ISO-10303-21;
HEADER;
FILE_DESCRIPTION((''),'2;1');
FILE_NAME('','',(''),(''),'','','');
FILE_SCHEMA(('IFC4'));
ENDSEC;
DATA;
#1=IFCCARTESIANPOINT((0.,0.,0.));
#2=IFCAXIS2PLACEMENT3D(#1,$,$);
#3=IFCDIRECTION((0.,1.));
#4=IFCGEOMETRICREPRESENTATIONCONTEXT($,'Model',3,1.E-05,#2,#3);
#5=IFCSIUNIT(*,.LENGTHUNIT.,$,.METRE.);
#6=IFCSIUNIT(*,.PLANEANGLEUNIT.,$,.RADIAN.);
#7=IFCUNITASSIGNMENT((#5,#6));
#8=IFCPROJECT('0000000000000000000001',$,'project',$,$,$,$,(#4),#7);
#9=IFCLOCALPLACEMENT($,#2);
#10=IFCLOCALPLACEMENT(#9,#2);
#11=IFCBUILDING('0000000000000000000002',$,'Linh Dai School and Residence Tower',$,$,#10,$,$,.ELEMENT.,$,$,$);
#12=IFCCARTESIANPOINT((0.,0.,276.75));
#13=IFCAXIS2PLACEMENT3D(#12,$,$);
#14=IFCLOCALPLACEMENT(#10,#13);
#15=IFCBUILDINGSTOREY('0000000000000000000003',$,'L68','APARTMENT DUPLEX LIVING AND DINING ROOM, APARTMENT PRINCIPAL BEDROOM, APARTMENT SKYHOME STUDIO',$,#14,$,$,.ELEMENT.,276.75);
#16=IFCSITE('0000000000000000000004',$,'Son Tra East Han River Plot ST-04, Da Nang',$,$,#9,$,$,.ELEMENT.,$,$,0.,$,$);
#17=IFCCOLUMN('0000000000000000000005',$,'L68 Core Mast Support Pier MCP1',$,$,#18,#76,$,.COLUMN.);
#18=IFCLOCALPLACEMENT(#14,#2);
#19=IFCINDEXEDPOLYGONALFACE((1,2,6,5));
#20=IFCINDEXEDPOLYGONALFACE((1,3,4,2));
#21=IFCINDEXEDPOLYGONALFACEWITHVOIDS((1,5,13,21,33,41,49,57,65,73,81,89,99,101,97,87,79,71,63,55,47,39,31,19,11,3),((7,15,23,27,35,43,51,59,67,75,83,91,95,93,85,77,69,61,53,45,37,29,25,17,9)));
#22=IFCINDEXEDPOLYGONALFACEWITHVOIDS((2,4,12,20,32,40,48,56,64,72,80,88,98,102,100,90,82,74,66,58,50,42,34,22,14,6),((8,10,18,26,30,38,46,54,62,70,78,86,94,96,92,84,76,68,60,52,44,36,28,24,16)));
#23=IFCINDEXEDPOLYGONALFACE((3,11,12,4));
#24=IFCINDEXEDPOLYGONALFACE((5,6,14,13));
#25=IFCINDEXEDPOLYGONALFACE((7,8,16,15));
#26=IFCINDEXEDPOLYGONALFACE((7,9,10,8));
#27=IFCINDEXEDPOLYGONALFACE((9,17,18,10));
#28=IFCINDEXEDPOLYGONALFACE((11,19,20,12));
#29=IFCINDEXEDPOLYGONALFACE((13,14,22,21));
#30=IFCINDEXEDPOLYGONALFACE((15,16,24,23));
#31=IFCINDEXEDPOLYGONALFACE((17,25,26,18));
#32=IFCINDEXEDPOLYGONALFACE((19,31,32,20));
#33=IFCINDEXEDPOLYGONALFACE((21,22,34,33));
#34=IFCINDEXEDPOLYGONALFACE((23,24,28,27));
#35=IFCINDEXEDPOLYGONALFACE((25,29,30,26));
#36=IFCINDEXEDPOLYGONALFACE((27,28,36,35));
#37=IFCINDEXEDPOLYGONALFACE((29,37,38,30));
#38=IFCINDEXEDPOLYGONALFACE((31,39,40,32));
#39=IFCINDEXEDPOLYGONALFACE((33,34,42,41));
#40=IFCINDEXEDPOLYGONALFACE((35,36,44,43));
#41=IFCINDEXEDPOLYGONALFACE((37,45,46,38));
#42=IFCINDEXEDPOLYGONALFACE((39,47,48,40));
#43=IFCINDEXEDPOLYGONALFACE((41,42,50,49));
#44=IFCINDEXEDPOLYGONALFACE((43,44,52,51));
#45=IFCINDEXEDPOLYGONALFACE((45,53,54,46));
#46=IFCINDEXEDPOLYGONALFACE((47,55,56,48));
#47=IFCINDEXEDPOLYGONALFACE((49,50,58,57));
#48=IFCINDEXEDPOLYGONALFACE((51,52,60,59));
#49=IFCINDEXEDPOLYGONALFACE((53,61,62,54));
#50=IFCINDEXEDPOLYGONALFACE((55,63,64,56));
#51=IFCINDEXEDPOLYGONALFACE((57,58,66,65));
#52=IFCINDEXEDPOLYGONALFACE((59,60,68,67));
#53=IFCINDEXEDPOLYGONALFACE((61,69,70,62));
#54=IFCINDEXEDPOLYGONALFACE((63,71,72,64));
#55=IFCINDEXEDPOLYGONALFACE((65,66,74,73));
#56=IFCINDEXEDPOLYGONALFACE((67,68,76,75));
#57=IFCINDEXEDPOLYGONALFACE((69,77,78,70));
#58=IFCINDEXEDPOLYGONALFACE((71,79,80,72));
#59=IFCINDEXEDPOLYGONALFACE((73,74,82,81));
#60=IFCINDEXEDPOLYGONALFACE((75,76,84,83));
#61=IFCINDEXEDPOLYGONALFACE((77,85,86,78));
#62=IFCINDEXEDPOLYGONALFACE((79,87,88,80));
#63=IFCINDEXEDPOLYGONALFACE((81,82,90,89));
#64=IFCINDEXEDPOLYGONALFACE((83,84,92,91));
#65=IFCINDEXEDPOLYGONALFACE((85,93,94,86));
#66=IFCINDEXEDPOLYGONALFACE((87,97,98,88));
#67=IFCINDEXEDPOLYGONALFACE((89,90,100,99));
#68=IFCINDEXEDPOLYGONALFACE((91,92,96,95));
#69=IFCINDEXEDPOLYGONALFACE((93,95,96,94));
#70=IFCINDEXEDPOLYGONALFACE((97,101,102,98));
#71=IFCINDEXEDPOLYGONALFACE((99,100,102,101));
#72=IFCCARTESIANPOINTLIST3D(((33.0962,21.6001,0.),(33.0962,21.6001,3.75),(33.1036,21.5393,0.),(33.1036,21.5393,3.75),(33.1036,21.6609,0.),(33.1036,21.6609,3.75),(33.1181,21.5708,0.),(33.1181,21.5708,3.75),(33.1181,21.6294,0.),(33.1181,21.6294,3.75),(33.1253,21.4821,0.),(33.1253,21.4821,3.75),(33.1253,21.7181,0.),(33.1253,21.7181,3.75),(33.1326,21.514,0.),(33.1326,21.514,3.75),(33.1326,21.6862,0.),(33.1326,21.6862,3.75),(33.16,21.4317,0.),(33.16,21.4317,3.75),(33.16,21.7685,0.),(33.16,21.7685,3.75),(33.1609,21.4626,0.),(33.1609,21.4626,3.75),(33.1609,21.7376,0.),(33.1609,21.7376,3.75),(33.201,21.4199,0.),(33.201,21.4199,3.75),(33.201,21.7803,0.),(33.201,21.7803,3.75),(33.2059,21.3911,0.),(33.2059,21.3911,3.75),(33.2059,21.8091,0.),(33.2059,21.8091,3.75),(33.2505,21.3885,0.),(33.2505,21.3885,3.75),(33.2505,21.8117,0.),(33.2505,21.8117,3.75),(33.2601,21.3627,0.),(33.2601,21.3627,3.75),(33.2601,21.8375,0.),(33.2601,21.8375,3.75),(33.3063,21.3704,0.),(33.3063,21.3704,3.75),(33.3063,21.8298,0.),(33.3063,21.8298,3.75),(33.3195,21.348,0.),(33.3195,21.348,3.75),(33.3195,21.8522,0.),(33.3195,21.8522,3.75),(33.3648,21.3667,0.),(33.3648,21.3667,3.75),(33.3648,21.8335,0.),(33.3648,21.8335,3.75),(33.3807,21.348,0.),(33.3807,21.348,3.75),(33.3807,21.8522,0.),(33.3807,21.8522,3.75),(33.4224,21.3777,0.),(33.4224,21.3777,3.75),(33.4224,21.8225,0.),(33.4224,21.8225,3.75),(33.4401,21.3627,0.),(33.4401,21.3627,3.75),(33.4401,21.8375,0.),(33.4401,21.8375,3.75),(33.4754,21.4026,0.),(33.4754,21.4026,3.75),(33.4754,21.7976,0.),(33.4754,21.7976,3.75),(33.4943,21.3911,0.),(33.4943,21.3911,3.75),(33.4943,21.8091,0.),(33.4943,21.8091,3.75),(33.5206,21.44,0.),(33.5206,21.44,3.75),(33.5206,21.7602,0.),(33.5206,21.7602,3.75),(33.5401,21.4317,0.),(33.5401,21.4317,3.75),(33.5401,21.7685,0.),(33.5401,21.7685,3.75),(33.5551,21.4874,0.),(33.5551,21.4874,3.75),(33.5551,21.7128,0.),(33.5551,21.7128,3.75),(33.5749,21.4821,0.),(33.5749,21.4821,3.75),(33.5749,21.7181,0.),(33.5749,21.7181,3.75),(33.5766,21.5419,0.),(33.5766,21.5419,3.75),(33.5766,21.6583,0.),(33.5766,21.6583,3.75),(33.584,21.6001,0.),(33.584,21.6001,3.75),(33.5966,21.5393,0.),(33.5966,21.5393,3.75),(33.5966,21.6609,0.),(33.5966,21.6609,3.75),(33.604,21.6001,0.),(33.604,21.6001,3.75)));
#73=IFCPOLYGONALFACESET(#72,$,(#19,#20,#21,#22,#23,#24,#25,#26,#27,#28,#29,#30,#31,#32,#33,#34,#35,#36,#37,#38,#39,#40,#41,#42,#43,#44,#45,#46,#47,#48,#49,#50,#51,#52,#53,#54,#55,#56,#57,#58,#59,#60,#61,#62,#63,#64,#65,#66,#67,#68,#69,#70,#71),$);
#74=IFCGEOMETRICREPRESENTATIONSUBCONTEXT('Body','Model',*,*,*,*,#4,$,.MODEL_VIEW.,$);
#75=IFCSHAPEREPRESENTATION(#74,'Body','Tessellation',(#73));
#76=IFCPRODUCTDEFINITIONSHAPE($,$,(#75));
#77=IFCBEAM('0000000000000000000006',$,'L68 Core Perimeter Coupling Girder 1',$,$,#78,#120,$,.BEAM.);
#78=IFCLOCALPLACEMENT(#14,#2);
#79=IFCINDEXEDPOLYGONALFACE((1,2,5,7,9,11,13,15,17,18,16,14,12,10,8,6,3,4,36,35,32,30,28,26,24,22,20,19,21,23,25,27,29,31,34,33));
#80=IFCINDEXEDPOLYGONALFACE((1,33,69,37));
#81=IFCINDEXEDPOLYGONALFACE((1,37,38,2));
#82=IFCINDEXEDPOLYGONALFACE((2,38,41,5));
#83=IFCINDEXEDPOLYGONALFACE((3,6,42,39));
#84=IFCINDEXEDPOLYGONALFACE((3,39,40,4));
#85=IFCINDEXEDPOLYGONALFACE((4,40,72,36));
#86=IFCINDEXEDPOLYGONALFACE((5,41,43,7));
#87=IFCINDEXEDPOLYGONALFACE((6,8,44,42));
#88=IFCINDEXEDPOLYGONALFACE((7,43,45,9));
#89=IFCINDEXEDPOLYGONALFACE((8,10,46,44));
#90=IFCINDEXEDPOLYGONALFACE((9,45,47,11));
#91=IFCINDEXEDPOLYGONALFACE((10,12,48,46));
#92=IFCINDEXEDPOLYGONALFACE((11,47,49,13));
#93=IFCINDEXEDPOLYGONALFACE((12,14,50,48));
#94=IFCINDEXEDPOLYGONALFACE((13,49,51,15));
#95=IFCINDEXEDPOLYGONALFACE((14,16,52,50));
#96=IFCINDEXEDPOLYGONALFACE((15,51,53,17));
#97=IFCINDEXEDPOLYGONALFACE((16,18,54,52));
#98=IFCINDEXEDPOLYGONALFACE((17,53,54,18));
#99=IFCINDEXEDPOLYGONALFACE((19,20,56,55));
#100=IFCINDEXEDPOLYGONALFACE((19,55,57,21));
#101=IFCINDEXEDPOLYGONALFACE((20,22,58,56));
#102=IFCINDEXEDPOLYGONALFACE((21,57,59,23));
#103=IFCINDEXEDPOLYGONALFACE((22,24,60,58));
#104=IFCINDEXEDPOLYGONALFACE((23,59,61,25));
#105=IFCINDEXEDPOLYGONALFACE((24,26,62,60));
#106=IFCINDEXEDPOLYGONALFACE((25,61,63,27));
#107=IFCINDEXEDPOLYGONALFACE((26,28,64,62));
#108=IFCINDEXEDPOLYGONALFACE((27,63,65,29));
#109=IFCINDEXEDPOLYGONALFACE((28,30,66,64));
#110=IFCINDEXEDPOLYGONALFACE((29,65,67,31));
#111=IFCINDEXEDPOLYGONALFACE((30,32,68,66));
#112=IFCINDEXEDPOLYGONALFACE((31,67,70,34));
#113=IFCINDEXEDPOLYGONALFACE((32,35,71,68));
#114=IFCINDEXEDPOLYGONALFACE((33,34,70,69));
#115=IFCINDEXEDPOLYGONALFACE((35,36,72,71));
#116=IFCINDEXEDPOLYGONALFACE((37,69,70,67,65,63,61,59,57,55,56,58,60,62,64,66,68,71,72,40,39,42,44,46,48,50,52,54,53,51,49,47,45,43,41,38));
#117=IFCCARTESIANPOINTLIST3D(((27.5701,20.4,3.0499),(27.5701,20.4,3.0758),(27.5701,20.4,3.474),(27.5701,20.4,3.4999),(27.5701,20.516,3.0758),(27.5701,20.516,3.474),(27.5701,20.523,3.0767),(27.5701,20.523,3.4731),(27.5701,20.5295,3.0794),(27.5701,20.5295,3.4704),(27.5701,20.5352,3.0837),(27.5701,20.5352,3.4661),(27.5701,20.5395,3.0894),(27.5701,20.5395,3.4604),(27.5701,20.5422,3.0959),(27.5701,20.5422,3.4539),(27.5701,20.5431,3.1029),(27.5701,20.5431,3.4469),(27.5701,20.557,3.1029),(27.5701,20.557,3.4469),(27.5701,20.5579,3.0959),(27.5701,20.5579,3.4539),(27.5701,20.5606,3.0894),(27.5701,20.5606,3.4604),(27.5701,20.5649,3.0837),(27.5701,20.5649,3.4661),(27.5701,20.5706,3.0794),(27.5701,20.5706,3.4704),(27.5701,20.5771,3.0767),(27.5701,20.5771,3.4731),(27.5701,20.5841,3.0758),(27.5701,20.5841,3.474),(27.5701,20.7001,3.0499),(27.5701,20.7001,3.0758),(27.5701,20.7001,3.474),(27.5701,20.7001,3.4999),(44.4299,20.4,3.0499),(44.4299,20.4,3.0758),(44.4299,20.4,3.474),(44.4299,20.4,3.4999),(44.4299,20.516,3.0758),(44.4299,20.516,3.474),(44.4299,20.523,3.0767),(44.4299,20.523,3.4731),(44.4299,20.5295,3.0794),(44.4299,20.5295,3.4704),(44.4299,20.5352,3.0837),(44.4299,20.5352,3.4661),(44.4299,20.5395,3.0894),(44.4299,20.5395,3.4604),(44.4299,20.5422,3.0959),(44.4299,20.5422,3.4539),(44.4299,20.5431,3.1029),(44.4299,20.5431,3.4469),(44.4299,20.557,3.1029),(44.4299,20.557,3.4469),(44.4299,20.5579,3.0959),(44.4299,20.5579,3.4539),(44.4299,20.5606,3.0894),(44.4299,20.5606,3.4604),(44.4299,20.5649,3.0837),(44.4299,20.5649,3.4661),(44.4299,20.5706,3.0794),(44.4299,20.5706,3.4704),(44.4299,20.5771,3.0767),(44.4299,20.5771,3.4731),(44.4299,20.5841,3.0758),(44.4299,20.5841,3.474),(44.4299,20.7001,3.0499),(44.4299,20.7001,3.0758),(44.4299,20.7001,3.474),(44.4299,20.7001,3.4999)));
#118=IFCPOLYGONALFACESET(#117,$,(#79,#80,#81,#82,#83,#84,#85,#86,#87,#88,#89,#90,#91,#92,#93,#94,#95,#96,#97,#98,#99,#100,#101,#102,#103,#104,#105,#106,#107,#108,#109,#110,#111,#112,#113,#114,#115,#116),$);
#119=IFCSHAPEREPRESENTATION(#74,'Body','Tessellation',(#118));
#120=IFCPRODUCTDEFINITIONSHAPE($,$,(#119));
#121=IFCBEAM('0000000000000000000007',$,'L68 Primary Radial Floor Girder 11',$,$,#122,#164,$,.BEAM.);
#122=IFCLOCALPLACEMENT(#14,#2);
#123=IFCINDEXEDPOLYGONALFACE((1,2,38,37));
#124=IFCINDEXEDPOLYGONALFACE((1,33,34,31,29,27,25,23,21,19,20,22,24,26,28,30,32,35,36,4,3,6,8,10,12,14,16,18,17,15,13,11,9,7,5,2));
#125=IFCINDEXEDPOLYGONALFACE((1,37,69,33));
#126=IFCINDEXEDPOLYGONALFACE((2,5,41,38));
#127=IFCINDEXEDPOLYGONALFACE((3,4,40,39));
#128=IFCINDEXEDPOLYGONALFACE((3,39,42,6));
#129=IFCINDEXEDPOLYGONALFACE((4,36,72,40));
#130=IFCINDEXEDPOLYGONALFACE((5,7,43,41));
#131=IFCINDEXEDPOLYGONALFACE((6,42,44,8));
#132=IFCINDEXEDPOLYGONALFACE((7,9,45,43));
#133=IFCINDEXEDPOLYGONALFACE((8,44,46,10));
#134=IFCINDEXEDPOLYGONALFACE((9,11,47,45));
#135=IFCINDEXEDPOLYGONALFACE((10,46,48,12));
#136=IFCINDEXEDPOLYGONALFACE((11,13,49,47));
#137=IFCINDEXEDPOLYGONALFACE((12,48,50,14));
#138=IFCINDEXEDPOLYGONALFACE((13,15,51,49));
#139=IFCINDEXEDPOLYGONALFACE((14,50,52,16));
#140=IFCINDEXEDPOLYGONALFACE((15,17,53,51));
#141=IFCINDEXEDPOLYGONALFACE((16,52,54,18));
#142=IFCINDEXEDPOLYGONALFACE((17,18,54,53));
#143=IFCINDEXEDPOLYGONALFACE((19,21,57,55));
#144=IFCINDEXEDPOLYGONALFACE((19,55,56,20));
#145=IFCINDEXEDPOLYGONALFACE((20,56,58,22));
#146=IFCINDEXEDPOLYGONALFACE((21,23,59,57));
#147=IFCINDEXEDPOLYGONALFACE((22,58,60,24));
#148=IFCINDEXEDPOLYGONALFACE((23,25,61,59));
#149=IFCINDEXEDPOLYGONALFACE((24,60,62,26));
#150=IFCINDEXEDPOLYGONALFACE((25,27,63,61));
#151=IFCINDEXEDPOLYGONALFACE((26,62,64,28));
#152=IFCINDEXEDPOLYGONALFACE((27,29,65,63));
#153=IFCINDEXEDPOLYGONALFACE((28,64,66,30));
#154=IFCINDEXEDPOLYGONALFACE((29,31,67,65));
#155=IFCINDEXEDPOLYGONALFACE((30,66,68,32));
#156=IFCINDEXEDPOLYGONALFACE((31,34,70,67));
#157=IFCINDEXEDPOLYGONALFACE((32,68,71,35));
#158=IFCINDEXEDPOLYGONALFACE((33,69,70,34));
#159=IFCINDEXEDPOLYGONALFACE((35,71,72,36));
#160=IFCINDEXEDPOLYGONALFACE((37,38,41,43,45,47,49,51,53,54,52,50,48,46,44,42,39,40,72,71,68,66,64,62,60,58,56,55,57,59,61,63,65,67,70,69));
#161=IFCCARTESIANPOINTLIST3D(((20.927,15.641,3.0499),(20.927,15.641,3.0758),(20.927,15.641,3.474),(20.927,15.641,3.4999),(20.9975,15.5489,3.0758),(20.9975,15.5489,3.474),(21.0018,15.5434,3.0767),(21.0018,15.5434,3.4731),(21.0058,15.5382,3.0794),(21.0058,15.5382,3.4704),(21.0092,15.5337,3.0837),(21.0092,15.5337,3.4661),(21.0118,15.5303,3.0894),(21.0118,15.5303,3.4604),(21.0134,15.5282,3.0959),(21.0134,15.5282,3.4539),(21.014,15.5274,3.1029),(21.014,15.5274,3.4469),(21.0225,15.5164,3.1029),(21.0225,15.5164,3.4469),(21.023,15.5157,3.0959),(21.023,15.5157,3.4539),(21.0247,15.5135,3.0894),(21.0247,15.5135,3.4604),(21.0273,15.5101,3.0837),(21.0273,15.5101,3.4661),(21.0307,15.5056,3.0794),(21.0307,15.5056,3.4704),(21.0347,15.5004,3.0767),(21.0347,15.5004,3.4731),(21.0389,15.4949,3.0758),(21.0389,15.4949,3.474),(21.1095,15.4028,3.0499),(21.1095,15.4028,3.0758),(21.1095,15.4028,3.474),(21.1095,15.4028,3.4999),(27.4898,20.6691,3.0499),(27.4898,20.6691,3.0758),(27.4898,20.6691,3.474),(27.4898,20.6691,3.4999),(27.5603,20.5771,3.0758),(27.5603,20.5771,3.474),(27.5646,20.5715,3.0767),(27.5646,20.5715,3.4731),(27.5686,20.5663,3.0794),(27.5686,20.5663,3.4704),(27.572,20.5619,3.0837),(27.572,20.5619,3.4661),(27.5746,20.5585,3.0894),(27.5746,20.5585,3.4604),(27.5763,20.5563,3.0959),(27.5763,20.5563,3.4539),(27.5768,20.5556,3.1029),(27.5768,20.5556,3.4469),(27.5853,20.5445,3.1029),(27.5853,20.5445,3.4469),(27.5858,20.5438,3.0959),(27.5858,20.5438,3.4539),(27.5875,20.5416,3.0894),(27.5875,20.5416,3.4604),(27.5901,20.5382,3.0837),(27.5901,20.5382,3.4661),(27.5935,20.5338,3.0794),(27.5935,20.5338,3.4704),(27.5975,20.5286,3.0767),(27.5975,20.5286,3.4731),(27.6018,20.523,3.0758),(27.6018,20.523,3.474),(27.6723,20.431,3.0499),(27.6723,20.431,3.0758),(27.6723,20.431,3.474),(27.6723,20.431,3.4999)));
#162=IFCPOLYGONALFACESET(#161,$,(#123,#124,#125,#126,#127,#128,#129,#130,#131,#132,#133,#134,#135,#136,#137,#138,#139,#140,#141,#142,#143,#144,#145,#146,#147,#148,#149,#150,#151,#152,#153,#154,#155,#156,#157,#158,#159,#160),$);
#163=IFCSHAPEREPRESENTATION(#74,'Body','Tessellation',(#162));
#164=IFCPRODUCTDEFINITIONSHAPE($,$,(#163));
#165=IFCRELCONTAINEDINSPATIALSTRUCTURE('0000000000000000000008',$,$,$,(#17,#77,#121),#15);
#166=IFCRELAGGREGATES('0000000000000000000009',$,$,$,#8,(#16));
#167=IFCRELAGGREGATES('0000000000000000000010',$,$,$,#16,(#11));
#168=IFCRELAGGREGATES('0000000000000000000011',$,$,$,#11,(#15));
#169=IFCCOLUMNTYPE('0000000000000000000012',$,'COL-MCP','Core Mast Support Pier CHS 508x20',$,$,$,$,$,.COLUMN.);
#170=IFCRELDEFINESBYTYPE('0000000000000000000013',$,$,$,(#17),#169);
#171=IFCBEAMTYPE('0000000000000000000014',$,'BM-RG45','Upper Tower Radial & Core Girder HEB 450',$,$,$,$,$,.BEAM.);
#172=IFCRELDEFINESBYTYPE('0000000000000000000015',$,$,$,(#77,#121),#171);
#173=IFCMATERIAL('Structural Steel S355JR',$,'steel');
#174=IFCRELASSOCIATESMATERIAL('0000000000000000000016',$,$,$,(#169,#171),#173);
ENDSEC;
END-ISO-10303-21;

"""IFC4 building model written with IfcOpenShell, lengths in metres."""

from ifc_helpers import new_model, si_unit, direction, frame, origin, origin_2d, place, context, subcontext, project, spatial, hollow_circle, i_section, extrude, material, material_profile, profile_set, type_object, element, save


model = new_model("IFC4")

# Units and contexts
model_context = context("Model", 3, precision=1e-05, world=origin(), true_north=direction((0.0, 1.0)))
body_context = subcontext(model_context, "Body", "Model", "MODEL_VIEW")
ifc_project = project(units=[si_unit("LENGTHUNIT", "METRE"), si_unit("PLANEANGLEUNIT", "RADIAN")], contexts=[model_context])

# Site, building, storey
site_placement = place(None, origin())
site = spatial("IfcSite", under=ifc_project, at=site_placement, Name="Son Tra East Han River Plot ST-04, Da Nang", CompositionType="ELEMENT", RefElevation=0.0)
building_placement = place(site_placement, origin())
building = spatial("IfcBuilding", under=site, at=building_placement, Name="Linh Dai School and Residence Tower", CompositionType="ELEMENT")
storey_placement = place(building_placement, frame((0.0, 0.0, 276.75)))
storey = spatial("IfcBuildingStorey", under=building, at=storey_placement, Name="L68", Description="APARTMENT DUPLEX LIVING AND DINING ROOM, APARTMENT PRINCIPAL BEDROOM, APARTMENT SKYHOME STUDIO", CompositionType="ELEMENT", Elevation=276.75)

# Column
ifc_material_1 = material(Name="Structural Steel S355JR", Category="steel")
ifc_material_profile_1 = material_profile(ifc_material_1, hollow_circle(Radius=0.2539, WallThickness=0.02, at=origin_2d()), Name="CHS 508x20")
ifc_profile_set_1 = profile_set([ifc_material_profile_1], Name="Structural Steel S355JR")
column_type = type_object("IfcColumnType", Name="COL-MCP", Description="Core Mast Support Pier CHS 508x20", PredefinedType="COLUMN", material=ifc_profile_set_1)
column_placement = place(storey_placement, frame((33.3501, 21.6001, 0.0), z_axis=(0.0, 0.0, 1.0), x_axis=(1.0, 0.0, 0.0)))
element("IfcColumn", 1, at=column_placement, inside=storey, type_object=column_type, Name="L68 Core Mast Support Pier MCP1", PredefinedType="COLUMN", context=body_context, shape_type="SweptSolid", body=[
    extrude(hollow_circle(Radius=0.2539, WallThickness=0.02, at=origin_2d()), origin(), (0.0, 0.0, 1.0), 3.75),
])

# Beams
ifc_material_profile_2 = material_profile(ifc_material_1, i_section(OverallWidth=0.3, OverallDepth=0.45, WebThickness=0.0139, FlangeThickness=0.0259, FilletRadius=0.0271, at=origin_2d()), Name="HEB 450")
ifc_profile_set_2 = profile_set([ifc_material_profile_2], Name="Structural Steel S355JR")
beam_type_1 = type_object("IfcBeamType", Name="BM-RG45", Description="Upper Tower Radial & Core Girder HEB 450", PredefinedType="BEAM", material=ifc_profile_set_2)
beam_1_placement = place(storey_placement, frame((27.5701, 20.55, 3.2749), z_axis=(1.0, 0.0, 0.0), x_axis=(0.0, 1.0, 0.0)))
element("IfcBeam", 2, at=beam_1_placement, inside=storey, type_object=beam_type_1, Name="L68 Core Perimeter Coupling Girder 1", PredefinedType="BEAM", context=body_context, shape_type="SweptSolid", body=[
    extrude(i_section(OverallWidth=0.3, OverallDepth=0.45, WebThickness=0.0139, FlangeThickness=0.0259, FilletRadius=0.0271, at=origin_2d()), origin(), (0.0, 0.0, 1.0), 16.8599),
])
beam_2_placement = place(storey_placement, frame((27.5811, 20.55, 3.2749), z_axis=(-0.793803, -0.608175, 0.0), x_axis=(0.608175, -0.793803, 0.0)))
element("IfcBeam", 3, at=beam_2_placement, inside=storey, type_object=beam_type_1, Name="L68 Primary Radial Floor Girder 11", PredefinedType="BEAM", context=body_context, shape_type="SweptSolid", body=[
    extrude(i_section(OverallWidth=0.3, OverallDepth=0.45, WebThickness=0.0139, FlangeThickness=0.0259, FilletRadius=0.0271, at=origin_2d()), origin(), (0.0, 0.0, 1.0), 8.2676),
])

save(model, "model.ifc")
